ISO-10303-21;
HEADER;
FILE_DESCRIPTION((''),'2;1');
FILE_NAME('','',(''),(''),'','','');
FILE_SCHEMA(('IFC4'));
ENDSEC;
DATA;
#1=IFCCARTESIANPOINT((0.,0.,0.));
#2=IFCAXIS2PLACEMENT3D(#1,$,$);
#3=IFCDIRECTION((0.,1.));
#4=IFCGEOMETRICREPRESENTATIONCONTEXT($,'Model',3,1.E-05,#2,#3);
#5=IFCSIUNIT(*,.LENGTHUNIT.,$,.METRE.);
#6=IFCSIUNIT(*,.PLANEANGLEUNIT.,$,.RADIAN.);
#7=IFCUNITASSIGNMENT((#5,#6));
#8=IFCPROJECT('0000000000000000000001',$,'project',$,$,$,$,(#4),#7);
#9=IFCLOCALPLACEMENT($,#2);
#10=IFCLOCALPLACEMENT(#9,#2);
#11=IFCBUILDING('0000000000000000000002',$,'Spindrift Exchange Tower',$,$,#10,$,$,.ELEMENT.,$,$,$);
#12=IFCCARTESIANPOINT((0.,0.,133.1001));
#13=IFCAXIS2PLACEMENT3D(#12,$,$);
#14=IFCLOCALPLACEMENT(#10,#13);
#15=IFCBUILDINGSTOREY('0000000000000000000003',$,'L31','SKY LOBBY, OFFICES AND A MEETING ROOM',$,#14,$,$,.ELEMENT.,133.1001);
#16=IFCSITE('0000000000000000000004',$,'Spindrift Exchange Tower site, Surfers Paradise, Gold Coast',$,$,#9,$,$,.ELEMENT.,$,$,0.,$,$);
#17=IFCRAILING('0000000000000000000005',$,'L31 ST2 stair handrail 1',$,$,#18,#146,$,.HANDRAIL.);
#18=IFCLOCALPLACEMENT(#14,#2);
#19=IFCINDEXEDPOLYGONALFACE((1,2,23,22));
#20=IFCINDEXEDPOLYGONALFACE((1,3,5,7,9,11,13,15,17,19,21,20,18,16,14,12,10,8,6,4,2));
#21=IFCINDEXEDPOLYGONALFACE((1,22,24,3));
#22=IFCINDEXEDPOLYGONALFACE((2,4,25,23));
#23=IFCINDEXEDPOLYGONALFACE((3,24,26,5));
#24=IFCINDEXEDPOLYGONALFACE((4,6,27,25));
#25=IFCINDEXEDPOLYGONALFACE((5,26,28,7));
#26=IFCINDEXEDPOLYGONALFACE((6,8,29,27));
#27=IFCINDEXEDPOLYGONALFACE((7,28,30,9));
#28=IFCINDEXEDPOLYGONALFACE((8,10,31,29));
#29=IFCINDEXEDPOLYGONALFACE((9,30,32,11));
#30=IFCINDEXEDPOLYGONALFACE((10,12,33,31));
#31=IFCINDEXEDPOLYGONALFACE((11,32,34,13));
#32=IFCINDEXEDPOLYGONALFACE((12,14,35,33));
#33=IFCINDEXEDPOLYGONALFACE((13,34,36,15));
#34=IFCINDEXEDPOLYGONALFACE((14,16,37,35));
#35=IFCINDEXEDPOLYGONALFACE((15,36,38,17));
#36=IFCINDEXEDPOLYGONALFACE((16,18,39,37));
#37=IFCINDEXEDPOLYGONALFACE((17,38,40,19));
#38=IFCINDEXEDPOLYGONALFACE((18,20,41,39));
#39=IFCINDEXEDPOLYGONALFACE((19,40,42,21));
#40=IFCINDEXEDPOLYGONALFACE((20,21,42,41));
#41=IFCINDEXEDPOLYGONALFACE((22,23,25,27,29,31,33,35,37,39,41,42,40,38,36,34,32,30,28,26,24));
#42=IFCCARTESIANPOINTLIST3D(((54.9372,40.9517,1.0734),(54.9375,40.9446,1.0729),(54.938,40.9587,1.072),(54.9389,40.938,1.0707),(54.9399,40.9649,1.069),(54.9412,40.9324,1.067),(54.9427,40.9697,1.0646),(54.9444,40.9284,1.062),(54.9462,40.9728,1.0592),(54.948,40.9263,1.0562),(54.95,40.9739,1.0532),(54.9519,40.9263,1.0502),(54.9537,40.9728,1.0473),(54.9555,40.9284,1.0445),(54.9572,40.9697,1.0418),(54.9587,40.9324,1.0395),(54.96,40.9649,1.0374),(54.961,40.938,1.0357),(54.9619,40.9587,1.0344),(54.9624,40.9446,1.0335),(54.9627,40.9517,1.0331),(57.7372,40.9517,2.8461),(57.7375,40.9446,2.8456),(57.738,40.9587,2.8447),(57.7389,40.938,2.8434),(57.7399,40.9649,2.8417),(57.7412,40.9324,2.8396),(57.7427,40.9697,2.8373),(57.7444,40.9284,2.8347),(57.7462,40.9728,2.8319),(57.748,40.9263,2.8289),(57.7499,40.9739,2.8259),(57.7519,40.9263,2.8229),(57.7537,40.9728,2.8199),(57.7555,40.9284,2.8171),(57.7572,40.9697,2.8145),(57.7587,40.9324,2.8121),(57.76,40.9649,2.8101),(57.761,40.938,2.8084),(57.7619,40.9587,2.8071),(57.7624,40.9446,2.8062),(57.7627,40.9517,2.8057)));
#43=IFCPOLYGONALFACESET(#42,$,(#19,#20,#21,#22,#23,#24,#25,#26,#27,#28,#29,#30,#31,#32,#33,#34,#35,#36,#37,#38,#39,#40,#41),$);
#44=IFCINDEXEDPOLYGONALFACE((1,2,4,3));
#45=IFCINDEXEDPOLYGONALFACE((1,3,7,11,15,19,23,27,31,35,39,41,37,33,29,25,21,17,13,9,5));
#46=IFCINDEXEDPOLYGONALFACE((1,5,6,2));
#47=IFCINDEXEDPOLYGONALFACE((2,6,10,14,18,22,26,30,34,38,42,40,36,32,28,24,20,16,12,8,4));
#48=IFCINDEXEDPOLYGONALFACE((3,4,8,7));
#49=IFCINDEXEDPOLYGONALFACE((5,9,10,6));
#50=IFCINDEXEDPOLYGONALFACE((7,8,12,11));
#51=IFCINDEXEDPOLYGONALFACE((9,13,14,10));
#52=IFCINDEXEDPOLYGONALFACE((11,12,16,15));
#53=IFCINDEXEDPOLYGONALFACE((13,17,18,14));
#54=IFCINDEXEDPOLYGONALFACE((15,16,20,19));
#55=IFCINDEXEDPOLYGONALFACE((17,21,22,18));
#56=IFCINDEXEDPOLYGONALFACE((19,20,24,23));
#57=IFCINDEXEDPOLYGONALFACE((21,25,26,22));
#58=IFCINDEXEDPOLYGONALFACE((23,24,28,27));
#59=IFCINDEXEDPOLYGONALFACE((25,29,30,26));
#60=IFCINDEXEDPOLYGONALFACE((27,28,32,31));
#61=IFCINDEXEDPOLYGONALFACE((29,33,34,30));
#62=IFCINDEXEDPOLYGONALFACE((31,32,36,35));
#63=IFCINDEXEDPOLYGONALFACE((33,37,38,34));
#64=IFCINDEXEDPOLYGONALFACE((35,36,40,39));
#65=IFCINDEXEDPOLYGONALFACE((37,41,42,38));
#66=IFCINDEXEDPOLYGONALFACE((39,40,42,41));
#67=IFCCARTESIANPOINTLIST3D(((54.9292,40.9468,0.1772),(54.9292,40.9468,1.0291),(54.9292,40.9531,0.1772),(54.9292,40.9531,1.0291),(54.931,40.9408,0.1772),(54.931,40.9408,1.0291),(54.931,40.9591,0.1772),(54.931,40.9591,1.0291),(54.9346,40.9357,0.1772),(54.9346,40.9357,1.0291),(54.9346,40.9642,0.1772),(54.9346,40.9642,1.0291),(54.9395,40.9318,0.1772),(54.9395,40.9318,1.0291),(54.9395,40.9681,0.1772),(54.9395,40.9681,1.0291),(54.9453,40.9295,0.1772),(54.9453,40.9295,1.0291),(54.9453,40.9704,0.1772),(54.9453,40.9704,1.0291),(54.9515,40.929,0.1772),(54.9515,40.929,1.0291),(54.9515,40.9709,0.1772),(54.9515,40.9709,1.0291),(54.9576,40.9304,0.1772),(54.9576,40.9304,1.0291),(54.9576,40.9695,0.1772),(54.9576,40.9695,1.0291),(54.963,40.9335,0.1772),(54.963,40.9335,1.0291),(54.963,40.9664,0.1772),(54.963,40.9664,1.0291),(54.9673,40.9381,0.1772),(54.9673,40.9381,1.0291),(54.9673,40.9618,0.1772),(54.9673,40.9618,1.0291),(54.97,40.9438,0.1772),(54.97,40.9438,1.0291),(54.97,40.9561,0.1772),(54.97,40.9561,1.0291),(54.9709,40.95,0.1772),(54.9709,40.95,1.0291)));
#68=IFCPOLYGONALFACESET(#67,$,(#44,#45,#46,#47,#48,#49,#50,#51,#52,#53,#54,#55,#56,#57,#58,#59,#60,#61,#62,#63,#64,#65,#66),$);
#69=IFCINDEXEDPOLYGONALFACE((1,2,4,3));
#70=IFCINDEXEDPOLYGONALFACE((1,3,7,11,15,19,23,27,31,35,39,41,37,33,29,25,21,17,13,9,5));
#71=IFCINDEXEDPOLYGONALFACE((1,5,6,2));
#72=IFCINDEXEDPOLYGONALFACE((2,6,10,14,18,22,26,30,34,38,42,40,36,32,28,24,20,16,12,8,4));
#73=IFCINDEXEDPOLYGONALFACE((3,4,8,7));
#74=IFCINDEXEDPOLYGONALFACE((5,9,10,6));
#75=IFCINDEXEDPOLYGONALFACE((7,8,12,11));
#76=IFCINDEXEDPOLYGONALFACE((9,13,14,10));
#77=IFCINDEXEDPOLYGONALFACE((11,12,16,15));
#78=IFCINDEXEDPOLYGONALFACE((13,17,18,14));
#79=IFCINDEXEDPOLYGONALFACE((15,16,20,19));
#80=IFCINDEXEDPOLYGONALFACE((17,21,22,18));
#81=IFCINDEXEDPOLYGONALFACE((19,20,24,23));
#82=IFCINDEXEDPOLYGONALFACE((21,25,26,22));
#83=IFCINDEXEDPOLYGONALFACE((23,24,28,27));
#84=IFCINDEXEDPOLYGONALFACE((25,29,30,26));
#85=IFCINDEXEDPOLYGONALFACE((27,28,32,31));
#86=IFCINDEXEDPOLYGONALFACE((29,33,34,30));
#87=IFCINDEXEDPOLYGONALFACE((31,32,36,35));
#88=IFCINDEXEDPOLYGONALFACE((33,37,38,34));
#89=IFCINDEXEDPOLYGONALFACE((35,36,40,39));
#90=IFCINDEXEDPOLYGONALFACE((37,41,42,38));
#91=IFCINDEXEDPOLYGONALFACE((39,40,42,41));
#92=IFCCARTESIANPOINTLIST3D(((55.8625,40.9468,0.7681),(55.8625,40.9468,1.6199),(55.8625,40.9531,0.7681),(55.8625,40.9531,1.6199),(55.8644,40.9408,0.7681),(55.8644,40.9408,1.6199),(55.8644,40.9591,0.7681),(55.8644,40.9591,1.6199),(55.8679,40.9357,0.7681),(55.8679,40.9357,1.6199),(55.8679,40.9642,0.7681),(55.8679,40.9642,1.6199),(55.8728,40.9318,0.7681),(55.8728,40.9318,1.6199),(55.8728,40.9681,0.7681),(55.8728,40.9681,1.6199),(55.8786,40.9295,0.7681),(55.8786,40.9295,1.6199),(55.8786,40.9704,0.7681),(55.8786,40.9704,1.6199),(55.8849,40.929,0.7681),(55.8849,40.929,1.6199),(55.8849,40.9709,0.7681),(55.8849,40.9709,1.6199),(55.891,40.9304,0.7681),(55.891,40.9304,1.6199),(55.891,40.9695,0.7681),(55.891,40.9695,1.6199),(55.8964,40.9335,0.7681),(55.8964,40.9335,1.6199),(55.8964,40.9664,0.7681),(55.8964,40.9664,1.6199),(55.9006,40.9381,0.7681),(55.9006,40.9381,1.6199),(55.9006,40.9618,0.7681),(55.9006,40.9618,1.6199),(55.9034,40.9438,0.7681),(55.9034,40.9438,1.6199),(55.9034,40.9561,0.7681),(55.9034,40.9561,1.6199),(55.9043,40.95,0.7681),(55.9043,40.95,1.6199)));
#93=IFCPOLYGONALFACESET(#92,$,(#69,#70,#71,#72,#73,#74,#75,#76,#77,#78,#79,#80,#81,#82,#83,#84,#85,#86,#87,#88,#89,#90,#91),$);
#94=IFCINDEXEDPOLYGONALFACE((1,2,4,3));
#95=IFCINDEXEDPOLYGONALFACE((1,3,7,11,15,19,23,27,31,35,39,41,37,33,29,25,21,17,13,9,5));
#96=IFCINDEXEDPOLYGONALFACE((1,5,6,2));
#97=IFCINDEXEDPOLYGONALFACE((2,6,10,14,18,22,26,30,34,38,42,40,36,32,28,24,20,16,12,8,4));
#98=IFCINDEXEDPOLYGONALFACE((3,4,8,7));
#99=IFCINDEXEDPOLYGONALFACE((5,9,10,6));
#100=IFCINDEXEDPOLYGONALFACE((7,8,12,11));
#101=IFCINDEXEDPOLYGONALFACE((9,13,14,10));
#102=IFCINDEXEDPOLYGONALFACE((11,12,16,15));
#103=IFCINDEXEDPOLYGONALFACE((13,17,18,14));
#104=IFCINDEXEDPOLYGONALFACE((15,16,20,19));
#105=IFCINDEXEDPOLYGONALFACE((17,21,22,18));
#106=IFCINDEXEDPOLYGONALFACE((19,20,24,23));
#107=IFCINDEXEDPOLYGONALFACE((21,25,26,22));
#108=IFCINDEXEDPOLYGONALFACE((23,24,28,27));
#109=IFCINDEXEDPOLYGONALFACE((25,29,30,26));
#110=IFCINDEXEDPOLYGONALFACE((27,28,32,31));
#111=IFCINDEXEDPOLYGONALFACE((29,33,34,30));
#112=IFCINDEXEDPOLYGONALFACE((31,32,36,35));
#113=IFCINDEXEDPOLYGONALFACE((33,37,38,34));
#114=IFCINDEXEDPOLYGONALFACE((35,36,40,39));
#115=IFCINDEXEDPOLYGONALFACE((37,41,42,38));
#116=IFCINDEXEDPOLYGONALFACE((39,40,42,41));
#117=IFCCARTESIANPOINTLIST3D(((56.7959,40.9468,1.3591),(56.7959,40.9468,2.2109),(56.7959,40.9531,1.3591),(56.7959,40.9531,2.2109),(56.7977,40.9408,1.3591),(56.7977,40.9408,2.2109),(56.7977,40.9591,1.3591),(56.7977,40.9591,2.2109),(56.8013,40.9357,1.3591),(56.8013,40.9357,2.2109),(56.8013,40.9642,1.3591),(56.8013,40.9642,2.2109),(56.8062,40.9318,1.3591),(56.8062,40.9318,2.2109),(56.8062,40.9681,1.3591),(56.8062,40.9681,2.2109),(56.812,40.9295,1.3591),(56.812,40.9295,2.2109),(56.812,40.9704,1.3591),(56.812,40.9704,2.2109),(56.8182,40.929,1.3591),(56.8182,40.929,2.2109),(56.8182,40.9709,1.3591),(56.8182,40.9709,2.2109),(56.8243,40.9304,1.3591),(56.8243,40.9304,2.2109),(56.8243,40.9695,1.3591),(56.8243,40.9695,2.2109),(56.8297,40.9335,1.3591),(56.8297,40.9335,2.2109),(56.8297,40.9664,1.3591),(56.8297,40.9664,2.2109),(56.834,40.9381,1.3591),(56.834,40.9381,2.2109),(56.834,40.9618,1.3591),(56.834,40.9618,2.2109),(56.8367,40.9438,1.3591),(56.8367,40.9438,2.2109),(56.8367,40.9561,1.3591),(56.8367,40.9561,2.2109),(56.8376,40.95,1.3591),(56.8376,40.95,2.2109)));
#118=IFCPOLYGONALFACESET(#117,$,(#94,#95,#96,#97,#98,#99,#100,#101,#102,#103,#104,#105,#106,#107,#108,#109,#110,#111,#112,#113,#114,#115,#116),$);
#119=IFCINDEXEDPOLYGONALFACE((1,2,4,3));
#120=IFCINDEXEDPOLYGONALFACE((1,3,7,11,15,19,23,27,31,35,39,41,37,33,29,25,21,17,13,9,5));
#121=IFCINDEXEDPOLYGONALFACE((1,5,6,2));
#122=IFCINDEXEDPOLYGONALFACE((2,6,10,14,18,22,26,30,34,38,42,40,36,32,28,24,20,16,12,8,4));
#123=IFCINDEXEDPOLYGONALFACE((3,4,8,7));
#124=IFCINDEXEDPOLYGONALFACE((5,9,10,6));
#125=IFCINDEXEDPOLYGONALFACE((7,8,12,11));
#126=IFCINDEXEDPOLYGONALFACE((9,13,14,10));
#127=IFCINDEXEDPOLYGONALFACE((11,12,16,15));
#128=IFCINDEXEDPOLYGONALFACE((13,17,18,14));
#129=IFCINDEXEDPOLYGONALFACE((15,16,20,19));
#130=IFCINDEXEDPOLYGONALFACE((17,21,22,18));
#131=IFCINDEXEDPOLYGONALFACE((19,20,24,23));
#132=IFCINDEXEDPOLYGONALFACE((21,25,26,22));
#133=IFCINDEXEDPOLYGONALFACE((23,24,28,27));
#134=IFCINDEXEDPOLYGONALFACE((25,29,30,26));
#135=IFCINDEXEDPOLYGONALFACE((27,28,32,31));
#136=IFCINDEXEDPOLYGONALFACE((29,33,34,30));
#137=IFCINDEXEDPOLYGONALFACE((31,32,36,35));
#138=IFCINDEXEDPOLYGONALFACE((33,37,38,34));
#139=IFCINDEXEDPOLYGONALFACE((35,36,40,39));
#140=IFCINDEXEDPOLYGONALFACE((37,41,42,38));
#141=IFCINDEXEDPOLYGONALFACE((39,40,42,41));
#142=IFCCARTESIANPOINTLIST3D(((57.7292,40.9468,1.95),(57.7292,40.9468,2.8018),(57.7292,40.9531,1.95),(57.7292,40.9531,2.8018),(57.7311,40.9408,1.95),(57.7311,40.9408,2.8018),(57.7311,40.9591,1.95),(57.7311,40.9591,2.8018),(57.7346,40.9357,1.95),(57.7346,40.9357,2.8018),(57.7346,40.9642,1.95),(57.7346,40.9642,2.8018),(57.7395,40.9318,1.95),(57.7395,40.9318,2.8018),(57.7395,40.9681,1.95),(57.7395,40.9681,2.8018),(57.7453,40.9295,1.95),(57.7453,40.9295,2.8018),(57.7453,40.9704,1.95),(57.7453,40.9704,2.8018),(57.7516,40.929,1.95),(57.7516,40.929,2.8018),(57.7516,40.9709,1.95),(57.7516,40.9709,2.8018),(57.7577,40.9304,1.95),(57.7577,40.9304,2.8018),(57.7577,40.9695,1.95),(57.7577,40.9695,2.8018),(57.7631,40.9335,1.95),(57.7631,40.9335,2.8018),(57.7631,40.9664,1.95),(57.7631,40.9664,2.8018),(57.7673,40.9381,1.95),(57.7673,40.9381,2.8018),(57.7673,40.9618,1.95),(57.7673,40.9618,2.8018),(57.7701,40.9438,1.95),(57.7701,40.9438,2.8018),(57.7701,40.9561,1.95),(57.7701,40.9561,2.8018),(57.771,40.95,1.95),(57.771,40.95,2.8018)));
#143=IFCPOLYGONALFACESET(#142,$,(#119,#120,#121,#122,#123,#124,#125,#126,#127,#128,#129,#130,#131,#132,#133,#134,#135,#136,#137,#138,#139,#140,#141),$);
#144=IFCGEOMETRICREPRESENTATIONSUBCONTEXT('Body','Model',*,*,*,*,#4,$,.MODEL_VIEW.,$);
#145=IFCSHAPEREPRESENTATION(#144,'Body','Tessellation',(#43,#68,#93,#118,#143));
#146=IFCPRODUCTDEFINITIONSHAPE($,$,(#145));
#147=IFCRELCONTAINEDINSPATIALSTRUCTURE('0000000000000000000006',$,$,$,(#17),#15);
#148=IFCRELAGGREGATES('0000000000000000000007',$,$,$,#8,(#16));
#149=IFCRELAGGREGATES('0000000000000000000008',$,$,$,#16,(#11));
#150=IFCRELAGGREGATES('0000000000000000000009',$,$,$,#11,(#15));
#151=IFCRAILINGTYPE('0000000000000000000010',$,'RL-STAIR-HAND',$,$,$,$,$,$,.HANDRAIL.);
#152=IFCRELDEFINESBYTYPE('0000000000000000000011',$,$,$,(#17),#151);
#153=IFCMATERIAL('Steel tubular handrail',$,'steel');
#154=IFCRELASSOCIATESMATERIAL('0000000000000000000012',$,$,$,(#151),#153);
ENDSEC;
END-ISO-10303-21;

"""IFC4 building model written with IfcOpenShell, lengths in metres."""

from ifc_helpers import new_model, si_unit, direction, frame, origin, origin_2d, place, context, subcontext, project, spatial, circle, extrude, material, type_object, element, save


model = new_model("IFC4")

# Units and contexts
model_context = context("Model", 3, precision=1e-05, world=origin(), true_north=direction((0.0, 1.0)))
body_context = subcontext(model_context, "Body", "Model", "MODEL_VIEW")
ifc_project = project(units=[si_unit("LENGTHUNIT", "METRE"), si_unit("PLANEANGLEUNIT", "RADIAN")], contexts=[model_context])

# Site, building, storey
site_placement = place(None, origin())
site = spatial("IfcSite", under=ifc_project, at=site_placement, Name="Spindrift Exchange Tower site, Surfers Paradise, Gold Coast", CompositionType="ELEMENT", RefElevation=0.0)
building_placement = place(site_placement, origin())
building = spatial("IfcBuilding", under=site, at=building_placement, Name="Spindrift Exchange Tower", CompositionType="ELEMENT")
storey_placement = place(building_placement, frame((0.0, 0.0, 133.1001)))
storey = spatial("IfcBuildingStorey", under=building, at=storey_placement, Name="L31", Description="SKY LOBBY, OFFICES AND A MEETING ROOM", CompositionType="ELEMENT", Elevation=133.1001)

# Railing
ifc_material_1 = material(Name="Steel tubular handrail", Category="steel")
railing_type_1 = type_object("IfcRailingType", Name="RL-STAIR-HAND", PredefinedType="HANDRAIL", material=ifc_material_1)
railing_1_placement = place(storey_placement, frame((54.95, 40.95, 0.1772)))
element("IfcRailing", 1, at=railing_1_placement, inside=storey, type_object=railing_type_1, Name="L31 ST2 stair handrail 1", PredefinedType="HANDRAIL", context=body_context, shape_type="SweptSolid", body=[
    extrude(circle(Radius=0.0239, at=origin_2d()), frame((0.0, 0.0, 0.876), z_axis=(0.844909, 0.0, 0.53491), x_axis=(0.0, 1.0, 0.0)), (0.0, 0.0, 1.0), 3.314),
    extrude(circle(Radius=0.021, at=origin_2d()), origin(), (0.0, 0.0, 1.0), 0.8518),
    extrude(circle(Radius=0.021, at=origin_2d()), frame((0.9333, 0.0, 0.5908)), (0.0, 0.0, 1.0), 0.8518),
    extrude(circle(Radius=0.021, at=origin_2d()), frame((1.8667, 0.0, 1.1819)), (0.0, 0.0, 1.0), 0.8518),
    extrude(circle(Radius=0.021, at=origin_2d()), frame((2.8, 0.0, 1.7727)), (0.0, 0.0, 1.0), 0.8518),
])

save(model, "model.ifc")
